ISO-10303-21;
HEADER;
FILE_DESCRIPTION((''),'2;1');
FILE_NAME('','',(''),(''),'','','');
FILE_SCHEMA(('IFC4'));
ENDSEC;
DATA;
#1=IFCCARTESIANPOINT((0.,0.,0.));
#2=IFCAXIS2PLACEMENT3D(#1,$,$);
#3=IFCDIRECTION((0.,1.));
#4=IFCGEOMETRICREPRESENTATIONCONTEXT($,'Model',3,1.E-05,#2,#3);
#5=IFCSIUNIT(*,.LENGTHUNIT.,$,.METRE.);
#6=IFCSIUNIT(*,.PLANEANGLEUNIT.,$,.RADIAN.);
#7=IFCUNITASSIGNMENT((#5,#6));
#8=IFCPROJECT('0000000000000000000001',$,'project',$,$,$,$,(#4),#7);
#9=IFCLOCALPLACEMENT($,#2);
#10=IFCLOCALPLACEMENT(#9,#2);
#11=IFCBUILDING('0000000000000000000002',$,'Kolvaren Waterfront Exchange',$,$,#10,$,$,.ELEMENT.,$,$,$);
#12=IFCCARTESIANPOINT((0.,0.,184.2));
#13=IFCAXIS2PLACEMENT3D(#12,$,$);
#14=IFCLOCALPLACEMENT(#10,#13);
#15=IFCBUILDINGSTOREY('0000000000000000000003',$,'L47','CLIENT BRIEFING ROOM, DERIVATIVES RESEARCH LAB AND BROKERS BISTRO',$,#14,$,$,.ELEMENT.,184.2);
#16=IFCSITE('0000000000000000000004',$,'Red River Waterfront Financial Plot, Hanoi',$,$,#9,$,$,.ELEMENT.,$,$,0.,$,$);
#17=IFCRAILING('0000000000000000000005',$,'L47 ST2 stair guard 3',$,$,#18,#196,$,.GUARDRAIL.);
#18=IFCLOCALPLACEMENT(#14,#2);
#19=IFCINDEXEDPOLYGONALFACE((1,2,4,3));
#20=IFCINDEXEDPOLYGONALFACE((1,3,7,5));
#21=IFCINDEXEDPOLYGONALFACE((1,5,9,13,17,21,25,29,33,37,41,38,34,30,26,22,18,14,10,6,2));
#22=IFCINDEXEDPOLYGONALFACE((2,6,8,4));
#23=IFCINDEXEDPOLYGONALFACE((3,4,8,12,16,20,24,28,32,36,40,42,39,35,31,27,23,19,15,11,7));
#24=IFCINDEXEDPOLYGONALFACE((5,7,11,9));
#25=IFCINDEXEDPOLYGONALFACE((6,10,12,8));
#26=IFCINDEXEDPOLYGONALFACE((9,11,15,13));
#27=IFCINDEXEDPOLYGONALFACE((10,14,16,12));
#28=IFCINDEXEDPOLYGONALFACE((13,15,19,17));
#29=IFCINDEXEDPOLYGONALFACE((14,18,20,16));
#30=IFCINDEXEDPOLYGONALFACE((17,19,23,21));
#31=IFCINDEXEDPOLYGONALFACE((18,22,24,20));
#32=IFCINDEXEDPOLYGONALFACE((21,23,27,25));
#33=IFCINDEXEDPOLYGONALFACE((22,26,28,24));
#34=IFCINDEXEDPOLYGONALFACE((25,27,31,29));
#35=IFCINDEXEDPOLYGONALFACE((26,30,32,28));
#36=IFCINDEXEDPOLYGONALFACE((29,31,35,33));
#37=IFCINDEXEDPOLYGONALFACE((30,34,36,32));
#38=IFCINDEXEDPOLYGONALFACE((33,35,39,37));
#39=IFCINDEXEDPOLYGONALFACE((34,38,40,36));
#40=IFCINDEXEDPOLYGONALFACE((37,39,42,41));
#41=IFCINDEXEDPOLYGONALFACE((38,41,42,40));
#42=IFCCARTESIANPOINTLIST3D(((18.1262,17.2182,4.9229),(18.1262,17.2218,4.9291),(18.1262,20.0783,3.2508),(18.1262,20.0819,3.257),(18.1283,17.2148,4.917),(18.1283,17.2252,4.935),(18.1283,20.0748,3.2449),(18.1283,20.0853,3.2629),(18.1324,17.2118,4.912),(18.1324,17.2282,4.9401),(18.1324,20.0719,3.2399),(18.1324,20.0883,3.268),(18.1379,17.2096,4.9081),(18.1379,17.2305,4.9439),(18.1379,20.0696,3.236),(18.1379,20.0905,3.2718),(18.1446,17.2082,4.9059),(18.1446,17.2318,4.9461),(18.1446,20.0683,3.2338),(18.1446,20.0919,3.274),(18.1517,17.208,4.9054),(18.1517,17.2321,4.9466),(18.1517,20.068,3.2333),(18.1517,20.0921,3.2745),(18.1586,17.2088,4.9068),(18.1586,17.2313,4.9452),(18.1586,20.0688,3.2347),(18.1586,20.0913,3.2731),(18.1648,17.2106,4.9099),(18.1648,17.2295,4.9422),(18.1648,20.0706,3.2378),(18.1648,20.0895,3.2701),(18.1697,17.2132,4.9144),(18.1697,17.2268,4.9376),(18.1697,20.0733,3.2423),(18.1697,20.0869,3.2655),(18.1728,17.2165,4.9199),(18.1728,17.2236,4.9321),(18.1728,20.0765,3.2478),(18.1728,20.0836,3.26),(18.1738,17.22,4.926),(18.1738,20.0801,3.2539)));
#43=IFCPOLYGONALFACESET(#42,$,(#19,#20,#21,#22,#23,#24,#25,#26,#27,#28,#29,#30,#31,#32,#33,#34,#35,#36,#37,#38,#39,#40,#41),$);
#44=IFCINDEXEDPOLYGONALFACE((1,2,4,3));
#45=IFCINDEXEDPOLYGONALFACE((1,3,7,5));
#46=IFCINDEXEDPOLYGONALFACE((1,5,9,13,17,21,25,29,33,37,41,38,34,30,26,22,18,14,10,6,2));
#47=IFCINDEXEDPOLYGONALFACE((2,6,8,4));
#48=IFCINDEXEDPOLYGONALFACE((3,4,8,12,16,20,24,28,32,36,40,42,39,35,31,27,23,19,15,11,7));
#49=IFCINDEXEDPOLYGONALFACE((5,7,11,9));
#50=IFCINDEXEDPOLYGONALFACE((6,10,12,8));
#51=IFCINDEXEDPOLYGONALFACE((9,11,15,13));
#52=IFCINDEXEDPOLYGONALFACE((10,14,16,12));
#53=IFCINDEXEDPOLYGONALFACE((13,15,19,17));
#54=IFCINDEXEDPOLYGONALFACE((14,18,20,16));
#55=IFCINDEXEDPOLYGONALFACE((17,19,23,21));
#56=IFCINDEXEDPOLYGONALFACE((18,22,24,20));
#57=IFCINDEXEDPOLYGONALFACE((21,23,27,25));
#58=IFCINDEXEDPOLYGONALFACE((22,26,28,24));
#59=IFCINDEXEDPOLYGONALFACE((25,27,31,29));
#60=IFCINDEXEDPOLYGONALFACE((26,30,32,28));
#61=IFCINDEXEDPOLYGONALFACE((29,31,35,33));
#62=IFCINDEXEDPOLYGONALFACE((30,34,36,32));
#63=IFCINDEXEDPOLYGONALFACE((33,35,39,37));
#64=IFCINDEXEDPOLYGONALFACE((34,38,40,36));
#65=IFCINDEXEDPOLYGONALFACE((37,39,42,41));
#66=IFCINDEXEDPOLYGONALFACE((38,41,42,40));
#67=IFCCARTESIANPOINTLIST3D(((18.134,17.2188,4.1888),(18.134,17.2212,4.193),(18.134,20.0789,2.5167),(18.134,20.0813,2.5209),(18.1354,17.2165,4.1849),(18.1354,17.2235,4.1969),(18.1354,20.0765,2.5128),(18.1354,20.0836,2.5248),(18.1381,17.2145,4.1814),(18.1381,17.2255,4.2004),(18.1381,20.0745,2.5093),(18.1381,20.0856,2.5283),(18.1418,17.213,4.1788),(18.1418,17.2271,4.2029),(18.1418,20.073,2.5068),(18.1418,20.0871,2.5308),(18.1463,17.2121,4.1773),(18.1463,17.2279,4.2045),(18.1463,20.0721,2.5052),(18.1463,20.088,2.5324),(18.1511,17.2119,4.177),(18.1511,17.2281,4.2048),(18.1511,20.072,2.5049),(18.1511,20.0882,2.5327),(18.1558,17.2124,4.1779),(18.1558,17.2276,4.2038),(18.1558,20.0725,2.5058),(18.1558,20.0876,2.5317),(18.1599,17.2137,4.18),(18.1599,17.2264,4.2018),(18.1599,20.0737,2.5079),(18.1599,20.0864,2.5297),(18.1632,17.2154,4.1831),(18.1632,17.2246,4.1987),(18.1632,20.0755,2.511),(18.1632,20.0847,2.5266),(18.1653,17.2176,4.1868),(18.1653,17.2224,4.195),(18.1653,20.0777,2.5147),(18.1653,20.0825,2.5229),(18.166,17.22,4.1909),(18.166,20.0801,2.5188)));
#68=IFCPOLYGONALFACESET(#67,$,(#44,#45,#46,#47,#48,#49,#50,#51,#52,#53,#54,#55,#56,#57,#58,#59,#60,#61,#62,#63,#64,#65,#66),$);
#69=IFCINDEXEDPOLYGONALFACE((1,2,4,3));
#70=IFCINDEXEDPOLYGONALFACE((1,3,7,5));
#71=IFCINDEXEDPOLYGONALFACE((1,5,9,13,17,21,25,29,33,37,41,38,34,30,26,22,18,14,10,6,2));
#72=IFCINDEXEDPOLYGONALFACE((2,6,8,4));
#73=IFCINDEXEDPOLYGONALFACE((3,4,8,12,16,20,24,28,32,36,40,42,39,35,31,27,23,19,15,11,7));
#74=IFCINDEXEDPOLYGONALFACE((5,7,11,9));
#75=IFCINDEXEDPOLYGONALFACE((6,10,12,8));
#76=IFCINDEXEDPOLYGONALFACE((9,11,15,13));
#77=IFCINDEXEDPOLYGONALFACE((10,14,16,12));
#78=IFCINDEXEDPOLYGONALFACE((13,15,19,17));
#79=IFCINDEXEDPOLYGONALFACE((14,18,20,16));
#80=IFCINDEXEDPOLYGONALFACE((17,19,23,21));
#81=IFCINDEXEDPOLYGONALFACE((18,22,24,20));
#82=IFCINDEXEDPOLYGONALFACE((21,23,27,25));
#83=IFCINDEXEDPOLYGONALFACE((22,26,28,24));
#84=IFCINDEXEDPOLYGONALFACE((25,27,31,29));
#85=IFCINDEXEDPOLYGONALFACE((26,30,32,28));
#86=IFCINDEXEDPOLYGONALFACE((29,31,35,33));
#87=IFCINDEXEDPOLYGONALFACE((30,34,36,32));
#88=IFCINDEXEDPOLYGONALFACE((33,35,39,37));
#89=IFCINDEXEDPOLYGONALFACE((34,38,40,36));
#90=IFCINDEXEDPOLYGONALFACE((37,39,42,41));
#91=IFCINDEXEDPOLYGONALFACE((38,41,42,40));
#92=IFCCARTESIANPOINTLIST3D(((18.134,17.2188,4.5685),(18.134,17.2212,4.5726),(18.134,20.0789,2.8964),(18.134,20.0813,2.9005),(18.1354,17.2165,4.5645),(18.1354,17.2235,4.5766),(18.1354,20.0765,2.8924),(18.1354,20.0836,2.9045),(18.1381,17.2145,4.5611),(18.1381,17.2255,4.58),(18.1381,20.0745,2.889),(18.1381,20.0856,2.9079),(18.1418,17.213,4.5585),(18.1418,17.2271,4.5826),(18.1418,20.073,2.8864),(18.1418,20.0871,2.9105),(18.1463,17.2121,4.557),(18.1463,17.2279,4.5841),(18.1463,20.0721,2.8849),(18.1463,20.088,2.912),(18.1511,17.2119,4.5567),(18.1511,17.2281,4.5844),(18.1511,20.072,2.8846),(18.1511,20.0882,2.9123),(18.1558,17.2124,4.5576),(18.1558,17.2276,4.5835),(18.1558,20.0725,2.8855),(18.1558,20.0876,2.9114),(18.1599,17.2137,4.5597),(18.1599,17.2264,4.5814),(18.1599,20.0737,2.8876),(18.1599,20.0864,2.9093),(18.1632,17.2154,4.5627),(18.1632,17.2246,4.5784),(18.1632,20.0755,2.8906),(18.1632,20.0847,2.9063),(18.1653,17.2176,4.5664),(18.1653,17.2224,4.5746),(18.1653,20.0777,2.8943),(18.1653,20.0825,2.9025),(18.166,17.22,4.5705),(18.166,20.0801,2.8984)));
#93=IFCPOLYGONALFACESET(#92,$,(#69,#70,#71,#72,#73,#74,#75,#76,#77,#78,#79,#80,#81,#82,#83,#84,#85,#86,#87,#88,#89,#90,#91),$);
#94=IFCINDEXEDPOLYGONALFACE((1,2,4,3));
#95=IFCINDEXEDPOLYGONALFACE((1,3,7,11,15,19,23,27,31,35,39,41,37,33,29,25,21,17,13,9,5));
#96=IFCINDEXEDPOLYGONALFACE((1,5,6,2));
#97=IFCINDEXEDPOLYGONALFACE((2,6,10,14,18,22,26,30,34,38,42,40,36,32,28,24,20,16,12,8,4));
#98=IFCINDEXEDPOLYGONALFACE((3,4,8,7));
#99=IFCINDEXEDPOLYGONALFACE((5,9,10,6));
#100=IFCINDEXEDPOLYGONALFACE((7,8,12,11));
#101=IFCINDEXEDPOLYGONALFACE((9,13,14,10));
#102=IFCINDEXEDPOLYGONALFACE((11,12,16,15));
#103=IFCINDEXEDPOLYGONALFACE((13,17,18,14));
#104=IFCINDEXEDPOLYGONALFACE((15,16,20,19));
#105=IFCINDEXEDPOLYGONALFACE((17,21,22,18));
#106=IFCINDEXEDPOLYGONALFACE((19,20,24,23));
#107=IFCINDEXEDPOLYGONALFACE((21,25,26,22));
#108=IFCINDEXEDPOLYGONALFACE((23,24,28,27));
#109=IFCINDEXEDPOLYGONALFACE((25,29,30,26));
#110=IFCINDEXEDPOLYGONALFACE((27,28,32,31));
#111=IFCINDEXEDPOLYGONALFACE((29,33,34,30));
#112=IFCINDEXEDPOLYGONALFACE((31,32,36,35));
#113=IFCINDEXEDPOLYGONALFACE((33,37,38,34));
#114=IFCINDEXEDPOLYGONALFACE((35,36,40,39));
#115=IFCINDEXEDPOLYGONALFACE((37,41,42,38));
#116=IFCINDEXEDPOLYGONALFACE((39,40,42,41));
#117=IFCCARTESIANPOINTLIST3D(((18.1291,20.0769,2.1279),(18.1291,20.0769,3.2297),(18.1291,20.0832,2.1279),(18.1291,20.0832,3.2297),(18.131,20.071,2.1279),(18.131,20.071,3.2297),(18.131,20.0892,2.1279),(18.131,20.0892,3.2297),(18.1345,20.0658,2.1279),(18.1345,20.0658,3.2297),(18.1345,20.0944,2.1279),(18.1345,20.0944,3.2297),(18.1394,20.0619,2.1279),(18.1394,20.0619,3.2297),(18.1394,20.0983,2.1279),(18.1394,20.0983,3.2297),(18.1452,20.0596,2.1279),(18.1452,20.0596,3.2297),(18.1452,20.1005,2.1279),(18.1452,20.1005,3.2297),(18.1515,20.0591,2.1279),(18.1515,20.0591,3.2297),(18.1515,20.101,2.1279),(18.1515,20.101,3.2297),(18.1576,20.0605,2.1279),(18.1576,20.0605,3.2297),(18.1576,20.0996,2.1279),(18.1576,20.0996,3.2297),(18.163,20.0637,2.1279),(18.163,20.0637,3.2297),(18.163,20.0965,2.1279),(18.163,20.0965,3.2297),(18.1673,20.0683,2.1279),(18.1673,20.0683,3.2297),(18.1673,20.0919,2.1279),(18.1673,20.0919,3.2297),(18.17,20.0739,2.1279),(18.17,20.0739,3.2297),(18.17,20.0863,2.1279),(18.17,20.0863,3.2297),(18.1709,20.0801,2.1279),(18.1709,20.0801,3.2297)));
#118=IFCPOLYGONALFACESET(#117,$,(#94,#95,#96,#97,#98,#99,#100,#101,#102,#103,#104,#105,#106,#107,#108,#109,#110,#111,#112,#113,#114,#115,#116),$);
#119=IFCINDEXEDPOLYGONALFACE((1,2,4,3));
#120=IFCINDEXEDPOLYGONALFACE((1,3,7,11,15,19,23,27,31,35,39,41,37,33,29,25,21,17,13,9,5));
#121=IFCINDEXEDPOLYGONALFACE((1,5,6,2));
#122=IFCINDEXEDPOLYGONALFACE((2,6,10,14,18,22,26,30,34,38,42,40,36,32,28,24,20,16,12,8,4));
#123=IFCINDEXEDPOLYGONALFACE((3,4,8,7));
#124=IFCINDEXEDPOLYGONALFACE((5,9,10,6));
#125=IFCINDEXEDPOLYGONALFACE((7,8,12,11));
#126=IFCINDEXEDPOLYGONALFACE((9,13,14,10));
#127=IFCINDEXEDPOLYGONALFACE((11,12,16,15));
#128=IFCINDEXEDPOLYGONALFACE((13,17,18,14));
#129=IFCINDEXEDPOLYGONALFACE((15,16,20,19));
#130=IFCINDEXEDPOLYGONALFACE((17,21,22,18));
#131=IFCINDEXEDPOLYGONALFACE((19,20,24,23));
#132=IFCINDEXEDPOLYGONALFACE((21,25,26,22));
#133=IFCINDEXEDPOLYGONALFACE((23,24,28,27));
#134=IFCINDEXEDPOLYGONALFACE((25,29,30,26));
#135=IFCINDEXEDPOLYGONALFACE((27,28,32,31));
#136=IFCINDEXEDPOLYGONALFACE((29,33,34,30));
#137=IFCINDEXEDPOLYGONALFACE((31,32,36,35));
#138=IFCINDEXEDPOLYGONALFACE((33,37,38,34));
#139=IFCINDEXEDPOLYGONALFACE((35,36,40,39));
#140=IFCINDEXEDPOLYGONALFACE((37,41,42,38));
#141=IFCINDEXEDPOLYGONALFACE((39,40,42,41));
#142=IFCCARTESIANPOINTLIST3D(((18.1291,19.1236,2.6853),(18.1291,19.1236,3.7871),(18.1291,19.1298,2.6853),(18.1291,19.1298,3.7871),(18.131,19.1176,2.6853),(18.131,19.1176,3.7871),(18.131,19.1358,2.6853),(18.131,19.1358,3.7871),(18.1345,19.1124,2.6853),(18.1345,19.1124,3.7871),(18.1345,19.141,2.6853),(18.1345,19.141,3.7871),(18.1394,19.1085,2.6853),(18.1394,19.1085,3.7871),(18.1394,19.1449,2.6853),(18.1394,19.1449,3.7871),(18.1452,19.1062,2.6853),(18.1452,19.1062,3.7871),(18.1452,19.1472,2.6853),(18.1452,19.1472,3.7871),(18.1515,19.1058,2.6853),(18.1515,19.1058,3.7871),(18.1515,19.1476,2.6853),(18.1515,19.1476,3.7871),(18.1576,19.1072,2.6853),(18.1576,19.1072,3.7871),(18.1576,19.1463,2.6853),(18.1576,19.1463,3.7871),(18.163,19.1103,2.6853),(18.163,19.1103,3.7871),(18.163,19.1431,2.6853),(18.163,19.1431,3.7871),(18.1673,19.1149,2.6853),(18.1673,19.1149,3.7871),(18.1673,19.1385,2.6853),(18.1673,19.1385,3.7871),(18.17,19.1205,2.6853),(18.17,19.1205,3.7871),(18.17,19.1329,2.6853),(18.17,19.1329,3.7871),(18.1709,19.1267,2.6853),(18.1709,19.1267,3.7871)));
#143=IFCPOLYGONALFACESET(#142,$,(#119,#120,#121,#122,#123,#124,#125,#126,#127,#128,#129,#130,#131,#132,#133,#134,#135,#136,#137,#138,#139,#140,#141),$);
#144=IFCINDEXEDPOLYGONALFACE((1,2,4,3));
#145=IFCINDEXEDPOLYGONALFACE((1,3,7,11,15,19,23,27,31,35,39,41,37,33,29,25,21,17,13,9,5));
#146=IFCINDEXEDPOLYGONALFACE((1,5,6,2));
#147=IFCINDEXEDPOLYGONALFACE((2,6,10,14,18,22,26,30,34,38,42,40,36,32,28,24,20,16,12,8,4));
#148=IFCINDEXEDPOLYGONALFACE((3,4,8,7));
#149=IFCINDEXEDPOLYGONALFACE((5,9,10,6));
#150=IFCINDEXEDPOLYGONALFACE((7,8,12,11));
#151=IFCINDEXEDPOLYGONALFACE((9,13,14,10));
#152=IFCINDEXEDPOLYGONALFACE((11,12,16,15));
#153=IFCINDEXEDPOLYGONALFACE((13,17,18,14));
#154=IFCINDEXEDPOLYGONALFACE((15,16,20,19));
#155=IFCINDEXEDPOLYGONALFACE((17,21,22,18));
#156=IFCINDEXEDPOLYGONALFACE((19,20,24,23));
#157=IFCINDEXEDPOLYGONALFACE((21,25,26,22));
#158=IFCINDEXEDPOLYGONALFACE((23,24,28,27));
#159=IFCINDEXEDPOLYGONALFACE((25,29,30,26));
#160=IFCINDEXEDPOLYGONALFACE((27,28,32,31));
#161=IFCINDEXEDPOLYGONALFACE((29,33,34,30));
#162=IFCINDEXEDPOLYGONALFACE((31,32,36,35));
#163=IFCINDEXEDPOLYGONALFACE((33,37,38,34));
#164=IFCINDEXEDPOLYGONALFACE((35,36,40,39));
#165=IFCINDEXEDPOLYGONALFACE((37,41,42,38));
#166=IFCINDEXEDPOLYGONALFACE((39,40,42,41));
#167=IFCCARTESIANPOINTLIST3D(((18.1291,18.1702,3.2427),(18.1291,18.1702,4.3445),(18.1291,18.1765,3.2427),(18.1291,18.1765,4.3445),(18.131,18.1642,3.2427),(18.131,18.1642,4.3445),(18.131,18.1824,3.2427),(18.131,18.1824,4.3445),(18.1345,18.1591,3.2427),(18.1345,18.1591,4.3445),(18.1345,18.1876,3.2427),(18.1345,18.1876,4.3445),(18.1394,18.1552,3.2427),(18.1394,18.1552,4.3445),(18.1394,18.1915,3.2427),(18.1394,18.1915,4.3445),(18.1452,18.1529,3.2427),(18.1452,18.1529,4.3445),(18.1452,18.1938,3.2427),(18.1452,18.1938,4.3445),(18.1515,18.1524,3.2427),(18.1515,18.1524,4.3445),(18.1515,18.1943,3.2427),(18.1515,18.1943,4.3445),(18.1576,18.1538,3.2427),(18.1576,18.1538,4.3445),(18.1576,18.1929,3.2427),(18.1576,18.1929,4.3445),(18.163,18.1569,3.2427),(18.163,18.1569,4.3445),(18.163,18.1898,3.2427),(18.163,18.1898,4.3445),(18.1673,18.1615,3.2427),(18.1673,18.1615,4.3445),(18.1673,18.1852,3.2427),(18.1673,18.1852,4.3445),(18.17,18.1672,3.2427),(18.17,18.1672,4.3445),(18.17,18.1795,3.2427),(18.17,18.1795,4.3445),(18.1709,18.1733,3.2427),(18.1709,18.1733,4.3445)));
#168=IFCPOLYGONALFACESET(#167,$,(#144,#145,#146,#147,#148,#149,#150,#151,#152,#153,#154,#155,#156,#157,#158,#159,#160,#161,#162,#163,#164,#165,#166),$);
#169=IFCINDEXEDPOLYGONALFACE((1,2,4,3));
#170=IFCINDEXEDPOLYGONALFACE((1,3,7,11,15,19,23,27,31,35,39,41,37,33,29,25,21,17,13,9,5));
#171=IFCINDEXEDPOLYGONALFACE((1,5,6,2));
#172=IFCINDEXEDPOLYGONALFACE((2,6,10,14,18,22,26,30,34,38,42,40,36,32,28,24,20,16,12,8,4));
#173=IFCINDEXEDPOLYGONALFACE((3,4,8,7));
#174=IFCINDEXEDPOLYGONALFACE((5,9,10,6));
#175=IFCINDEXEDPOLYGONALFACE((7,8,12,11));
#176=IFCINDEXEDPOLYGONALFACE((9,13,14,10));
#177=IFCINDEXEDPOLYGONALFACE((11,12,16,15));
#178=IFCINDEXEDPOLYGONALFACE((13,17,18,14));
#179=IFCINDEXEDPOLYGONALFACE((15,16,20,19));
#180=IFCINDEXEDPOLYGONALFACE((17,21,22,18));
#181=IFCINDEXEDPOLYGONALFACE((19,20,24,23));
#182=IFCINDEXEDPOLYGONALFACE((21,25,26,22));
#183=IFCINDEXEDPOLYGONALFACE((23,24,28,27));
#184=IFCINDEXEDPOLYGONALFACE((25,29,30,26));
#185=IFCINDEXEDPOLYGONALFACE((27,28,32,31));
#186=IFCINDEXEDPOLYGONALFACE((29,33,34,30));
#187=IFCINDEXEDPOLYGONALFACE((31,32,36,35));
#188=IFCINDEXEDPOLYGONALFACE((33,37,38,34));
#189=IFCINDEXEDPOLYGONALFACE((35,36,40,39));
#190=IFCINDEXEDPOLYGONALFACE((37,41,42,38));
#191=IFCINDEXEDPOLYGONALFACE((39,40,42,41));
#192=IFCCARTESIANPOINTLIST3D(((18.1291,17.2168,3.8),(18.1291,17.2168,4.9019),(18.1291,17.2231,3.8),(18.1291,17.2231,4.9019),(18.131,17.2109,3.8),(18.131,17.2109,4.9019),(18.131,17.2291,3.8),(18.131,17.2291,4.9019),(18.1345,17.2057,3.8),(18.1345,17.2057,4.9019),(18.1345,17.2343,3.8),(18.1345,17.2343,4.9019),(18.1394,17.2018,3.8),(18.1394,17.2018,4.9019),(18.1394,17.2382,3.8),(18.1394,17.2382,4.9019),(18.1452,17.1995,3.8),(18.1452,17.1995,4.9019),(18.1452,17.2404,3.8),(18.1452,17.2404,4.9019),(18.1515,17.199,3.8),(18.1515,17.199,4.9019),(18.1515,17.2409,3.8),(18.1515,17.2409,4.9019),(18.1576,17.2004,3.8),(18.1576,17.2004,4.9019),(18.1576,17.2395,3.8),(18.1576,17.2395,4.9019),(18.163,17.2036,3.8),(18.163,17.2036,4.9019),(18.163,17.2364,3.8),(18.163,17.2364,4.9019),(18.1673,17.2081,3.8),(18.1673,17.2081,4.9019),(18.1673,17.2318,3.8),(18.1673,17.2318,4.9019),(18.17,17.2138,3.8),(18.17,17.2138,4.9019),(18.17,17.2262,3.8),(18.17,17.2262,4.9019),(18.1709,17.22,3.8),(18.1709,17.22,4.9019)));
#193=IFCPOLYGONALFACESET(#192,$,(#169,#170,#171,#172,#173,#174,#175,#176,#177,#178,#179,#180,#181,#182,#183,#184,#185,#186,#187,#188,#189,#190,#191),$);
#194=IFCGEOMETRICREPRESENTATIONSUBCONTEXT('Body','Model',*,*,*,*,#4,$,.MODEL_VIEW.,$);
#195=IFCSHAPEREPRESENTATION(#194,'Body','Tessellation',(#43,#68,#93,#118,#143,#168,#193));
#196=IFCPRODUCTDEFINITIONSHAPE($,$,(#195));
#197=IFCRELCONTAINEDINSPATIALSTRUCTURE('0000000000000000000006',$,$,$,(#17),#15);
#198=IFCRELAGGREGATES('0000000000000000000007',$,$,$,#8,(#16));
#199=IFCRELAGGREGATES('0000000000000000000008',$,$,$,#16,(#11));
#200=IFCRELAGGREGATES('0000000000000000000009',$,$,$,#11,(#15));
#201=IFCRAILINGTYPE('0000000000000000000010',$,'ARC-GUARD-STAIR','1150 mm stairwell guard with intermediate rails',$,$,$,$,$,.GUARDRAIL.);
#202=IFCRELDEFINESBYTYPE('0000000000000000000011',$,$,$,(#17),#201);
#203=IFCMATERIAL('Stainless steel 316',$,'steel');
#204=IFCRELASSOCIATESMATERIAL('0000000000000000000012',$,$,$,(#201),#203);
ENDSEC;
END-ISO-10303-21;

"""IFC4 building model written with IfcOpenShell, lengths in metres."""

from ifc_helpers import new_model, si_unit, direction, frame, origin, origin_2d, place, context, subcontext, project, spatial, circle, extrude, material, type_object, element, save


model = new_model("IFC4")

# Units and contexts
model_context = context("Model", 3, precision=1e-05, world=origin(), true_north=direction((0.0, 1.0)))
body_context = subcontext(model_context, "Body", "Model", "MODEL_VIEW")
ifc_project = project(units=[si_unit("LENGTHUNIT", "METRE"), si_unit("PLANEANGLEUNIT", "RADIAN")], contexts=[model_context])

# Site, building, storey
site_placement = place(None, origin())
site = spatial("IfcSite", under=ifc_project, at=site_placement, Name="Red River Waterfront Financial Plot, Hanoi", CompositionType="ELEMENT", RefElevation=0.0)
building_placement = place(site_placement, origin())
building = spatial("IfcBuilding", under=site, at=building_placement, Name="Kolvaren Waterfront Exchange", CompositionType="ELEMENT")
storey_placement = place(building_placement, frame((0.0, 0.0, 184.2)))
storey = spatial("IfcBuildingStorey", under=building, at=storey_placement, Name="L47", Description="CLIENT BRIEFING ROOM, DERIVATIVES RESEARCH LAB AND BROKERS BISTRO", CompositionType="ELEMENT", Elevation=184.2)

# Railing
ifc_material_1 = material(Name="Stainless steel 316", Category="steel")
railing_type_1 = type_object("IfcRailingType", Name="ARC-GUARD-STAIR", Description="1150 mm stairwell guard with intermediate rails", PredefinedType="GUARDRAIL", material=ifc_material_1)
railing_1_placement = place(storey_placement, frame((18.1499, 20.0801, 2.1279)))
element("IfcRailing", 1, at=railing_1_placement, inside=storey, type_object=railing_type_1, Name="L47 ST2 stair guard 3", PredefinedType="GUARDRAIL", context=body_context, shape_type="SweptSolid", body=[
    extrude(circle(Radius=0.0239, at=origin_2d()), frame((0.0, 0.0, 1.126), z_axis=(0.0, -0.863289, 0.504709), x_axis=(1.0, 0.0, 0.0)), (0.0, 0.0, 1.0), 3.313),
    extrude(circle(Radius=0.0161, at=origin_2d()), frame((0.0, 0.0, 0.3909), z_axis=(0.0, -0.863289, 0.504709), x_axis=(1.0, 0.0, 0.0)), (0.0, 0.0, 1.0), 3.313),
    extrude(circle(Radius=0.0161, at=origin_2d()), frame((0.0, 0.0, 0.7705), z_axis=(0.0, -0.863289, 0.504709), x_axis=(1.0, 0.0, 0.0)), (0.0, 0.0, 1.0), 3.313),
    extrude(circle(Radius=0.021, at=origin_2d()), origin(), (0.0, 0.0, 1.0), 1.1018),
    extrude(circle(Radius=0.021, at=origin_2d()), frame((0.0, -0.9534, 0.5574)), (0.0, 0.0, 1.0), 1.1018),
    extrude(circle(Radius=0.021, at=origin_2d()), frame((0.0, -1.9067, 1.1147)), (0.0, 0.0, 1.0), 1.1018),
    extrude(circle(Radius=0.021, at=origin_2d()), frame((0.0, -2.8601, 1.6721)), (0.0, 0.0, 1.0), 1.1018),
])

save(model, "model.ifc")
